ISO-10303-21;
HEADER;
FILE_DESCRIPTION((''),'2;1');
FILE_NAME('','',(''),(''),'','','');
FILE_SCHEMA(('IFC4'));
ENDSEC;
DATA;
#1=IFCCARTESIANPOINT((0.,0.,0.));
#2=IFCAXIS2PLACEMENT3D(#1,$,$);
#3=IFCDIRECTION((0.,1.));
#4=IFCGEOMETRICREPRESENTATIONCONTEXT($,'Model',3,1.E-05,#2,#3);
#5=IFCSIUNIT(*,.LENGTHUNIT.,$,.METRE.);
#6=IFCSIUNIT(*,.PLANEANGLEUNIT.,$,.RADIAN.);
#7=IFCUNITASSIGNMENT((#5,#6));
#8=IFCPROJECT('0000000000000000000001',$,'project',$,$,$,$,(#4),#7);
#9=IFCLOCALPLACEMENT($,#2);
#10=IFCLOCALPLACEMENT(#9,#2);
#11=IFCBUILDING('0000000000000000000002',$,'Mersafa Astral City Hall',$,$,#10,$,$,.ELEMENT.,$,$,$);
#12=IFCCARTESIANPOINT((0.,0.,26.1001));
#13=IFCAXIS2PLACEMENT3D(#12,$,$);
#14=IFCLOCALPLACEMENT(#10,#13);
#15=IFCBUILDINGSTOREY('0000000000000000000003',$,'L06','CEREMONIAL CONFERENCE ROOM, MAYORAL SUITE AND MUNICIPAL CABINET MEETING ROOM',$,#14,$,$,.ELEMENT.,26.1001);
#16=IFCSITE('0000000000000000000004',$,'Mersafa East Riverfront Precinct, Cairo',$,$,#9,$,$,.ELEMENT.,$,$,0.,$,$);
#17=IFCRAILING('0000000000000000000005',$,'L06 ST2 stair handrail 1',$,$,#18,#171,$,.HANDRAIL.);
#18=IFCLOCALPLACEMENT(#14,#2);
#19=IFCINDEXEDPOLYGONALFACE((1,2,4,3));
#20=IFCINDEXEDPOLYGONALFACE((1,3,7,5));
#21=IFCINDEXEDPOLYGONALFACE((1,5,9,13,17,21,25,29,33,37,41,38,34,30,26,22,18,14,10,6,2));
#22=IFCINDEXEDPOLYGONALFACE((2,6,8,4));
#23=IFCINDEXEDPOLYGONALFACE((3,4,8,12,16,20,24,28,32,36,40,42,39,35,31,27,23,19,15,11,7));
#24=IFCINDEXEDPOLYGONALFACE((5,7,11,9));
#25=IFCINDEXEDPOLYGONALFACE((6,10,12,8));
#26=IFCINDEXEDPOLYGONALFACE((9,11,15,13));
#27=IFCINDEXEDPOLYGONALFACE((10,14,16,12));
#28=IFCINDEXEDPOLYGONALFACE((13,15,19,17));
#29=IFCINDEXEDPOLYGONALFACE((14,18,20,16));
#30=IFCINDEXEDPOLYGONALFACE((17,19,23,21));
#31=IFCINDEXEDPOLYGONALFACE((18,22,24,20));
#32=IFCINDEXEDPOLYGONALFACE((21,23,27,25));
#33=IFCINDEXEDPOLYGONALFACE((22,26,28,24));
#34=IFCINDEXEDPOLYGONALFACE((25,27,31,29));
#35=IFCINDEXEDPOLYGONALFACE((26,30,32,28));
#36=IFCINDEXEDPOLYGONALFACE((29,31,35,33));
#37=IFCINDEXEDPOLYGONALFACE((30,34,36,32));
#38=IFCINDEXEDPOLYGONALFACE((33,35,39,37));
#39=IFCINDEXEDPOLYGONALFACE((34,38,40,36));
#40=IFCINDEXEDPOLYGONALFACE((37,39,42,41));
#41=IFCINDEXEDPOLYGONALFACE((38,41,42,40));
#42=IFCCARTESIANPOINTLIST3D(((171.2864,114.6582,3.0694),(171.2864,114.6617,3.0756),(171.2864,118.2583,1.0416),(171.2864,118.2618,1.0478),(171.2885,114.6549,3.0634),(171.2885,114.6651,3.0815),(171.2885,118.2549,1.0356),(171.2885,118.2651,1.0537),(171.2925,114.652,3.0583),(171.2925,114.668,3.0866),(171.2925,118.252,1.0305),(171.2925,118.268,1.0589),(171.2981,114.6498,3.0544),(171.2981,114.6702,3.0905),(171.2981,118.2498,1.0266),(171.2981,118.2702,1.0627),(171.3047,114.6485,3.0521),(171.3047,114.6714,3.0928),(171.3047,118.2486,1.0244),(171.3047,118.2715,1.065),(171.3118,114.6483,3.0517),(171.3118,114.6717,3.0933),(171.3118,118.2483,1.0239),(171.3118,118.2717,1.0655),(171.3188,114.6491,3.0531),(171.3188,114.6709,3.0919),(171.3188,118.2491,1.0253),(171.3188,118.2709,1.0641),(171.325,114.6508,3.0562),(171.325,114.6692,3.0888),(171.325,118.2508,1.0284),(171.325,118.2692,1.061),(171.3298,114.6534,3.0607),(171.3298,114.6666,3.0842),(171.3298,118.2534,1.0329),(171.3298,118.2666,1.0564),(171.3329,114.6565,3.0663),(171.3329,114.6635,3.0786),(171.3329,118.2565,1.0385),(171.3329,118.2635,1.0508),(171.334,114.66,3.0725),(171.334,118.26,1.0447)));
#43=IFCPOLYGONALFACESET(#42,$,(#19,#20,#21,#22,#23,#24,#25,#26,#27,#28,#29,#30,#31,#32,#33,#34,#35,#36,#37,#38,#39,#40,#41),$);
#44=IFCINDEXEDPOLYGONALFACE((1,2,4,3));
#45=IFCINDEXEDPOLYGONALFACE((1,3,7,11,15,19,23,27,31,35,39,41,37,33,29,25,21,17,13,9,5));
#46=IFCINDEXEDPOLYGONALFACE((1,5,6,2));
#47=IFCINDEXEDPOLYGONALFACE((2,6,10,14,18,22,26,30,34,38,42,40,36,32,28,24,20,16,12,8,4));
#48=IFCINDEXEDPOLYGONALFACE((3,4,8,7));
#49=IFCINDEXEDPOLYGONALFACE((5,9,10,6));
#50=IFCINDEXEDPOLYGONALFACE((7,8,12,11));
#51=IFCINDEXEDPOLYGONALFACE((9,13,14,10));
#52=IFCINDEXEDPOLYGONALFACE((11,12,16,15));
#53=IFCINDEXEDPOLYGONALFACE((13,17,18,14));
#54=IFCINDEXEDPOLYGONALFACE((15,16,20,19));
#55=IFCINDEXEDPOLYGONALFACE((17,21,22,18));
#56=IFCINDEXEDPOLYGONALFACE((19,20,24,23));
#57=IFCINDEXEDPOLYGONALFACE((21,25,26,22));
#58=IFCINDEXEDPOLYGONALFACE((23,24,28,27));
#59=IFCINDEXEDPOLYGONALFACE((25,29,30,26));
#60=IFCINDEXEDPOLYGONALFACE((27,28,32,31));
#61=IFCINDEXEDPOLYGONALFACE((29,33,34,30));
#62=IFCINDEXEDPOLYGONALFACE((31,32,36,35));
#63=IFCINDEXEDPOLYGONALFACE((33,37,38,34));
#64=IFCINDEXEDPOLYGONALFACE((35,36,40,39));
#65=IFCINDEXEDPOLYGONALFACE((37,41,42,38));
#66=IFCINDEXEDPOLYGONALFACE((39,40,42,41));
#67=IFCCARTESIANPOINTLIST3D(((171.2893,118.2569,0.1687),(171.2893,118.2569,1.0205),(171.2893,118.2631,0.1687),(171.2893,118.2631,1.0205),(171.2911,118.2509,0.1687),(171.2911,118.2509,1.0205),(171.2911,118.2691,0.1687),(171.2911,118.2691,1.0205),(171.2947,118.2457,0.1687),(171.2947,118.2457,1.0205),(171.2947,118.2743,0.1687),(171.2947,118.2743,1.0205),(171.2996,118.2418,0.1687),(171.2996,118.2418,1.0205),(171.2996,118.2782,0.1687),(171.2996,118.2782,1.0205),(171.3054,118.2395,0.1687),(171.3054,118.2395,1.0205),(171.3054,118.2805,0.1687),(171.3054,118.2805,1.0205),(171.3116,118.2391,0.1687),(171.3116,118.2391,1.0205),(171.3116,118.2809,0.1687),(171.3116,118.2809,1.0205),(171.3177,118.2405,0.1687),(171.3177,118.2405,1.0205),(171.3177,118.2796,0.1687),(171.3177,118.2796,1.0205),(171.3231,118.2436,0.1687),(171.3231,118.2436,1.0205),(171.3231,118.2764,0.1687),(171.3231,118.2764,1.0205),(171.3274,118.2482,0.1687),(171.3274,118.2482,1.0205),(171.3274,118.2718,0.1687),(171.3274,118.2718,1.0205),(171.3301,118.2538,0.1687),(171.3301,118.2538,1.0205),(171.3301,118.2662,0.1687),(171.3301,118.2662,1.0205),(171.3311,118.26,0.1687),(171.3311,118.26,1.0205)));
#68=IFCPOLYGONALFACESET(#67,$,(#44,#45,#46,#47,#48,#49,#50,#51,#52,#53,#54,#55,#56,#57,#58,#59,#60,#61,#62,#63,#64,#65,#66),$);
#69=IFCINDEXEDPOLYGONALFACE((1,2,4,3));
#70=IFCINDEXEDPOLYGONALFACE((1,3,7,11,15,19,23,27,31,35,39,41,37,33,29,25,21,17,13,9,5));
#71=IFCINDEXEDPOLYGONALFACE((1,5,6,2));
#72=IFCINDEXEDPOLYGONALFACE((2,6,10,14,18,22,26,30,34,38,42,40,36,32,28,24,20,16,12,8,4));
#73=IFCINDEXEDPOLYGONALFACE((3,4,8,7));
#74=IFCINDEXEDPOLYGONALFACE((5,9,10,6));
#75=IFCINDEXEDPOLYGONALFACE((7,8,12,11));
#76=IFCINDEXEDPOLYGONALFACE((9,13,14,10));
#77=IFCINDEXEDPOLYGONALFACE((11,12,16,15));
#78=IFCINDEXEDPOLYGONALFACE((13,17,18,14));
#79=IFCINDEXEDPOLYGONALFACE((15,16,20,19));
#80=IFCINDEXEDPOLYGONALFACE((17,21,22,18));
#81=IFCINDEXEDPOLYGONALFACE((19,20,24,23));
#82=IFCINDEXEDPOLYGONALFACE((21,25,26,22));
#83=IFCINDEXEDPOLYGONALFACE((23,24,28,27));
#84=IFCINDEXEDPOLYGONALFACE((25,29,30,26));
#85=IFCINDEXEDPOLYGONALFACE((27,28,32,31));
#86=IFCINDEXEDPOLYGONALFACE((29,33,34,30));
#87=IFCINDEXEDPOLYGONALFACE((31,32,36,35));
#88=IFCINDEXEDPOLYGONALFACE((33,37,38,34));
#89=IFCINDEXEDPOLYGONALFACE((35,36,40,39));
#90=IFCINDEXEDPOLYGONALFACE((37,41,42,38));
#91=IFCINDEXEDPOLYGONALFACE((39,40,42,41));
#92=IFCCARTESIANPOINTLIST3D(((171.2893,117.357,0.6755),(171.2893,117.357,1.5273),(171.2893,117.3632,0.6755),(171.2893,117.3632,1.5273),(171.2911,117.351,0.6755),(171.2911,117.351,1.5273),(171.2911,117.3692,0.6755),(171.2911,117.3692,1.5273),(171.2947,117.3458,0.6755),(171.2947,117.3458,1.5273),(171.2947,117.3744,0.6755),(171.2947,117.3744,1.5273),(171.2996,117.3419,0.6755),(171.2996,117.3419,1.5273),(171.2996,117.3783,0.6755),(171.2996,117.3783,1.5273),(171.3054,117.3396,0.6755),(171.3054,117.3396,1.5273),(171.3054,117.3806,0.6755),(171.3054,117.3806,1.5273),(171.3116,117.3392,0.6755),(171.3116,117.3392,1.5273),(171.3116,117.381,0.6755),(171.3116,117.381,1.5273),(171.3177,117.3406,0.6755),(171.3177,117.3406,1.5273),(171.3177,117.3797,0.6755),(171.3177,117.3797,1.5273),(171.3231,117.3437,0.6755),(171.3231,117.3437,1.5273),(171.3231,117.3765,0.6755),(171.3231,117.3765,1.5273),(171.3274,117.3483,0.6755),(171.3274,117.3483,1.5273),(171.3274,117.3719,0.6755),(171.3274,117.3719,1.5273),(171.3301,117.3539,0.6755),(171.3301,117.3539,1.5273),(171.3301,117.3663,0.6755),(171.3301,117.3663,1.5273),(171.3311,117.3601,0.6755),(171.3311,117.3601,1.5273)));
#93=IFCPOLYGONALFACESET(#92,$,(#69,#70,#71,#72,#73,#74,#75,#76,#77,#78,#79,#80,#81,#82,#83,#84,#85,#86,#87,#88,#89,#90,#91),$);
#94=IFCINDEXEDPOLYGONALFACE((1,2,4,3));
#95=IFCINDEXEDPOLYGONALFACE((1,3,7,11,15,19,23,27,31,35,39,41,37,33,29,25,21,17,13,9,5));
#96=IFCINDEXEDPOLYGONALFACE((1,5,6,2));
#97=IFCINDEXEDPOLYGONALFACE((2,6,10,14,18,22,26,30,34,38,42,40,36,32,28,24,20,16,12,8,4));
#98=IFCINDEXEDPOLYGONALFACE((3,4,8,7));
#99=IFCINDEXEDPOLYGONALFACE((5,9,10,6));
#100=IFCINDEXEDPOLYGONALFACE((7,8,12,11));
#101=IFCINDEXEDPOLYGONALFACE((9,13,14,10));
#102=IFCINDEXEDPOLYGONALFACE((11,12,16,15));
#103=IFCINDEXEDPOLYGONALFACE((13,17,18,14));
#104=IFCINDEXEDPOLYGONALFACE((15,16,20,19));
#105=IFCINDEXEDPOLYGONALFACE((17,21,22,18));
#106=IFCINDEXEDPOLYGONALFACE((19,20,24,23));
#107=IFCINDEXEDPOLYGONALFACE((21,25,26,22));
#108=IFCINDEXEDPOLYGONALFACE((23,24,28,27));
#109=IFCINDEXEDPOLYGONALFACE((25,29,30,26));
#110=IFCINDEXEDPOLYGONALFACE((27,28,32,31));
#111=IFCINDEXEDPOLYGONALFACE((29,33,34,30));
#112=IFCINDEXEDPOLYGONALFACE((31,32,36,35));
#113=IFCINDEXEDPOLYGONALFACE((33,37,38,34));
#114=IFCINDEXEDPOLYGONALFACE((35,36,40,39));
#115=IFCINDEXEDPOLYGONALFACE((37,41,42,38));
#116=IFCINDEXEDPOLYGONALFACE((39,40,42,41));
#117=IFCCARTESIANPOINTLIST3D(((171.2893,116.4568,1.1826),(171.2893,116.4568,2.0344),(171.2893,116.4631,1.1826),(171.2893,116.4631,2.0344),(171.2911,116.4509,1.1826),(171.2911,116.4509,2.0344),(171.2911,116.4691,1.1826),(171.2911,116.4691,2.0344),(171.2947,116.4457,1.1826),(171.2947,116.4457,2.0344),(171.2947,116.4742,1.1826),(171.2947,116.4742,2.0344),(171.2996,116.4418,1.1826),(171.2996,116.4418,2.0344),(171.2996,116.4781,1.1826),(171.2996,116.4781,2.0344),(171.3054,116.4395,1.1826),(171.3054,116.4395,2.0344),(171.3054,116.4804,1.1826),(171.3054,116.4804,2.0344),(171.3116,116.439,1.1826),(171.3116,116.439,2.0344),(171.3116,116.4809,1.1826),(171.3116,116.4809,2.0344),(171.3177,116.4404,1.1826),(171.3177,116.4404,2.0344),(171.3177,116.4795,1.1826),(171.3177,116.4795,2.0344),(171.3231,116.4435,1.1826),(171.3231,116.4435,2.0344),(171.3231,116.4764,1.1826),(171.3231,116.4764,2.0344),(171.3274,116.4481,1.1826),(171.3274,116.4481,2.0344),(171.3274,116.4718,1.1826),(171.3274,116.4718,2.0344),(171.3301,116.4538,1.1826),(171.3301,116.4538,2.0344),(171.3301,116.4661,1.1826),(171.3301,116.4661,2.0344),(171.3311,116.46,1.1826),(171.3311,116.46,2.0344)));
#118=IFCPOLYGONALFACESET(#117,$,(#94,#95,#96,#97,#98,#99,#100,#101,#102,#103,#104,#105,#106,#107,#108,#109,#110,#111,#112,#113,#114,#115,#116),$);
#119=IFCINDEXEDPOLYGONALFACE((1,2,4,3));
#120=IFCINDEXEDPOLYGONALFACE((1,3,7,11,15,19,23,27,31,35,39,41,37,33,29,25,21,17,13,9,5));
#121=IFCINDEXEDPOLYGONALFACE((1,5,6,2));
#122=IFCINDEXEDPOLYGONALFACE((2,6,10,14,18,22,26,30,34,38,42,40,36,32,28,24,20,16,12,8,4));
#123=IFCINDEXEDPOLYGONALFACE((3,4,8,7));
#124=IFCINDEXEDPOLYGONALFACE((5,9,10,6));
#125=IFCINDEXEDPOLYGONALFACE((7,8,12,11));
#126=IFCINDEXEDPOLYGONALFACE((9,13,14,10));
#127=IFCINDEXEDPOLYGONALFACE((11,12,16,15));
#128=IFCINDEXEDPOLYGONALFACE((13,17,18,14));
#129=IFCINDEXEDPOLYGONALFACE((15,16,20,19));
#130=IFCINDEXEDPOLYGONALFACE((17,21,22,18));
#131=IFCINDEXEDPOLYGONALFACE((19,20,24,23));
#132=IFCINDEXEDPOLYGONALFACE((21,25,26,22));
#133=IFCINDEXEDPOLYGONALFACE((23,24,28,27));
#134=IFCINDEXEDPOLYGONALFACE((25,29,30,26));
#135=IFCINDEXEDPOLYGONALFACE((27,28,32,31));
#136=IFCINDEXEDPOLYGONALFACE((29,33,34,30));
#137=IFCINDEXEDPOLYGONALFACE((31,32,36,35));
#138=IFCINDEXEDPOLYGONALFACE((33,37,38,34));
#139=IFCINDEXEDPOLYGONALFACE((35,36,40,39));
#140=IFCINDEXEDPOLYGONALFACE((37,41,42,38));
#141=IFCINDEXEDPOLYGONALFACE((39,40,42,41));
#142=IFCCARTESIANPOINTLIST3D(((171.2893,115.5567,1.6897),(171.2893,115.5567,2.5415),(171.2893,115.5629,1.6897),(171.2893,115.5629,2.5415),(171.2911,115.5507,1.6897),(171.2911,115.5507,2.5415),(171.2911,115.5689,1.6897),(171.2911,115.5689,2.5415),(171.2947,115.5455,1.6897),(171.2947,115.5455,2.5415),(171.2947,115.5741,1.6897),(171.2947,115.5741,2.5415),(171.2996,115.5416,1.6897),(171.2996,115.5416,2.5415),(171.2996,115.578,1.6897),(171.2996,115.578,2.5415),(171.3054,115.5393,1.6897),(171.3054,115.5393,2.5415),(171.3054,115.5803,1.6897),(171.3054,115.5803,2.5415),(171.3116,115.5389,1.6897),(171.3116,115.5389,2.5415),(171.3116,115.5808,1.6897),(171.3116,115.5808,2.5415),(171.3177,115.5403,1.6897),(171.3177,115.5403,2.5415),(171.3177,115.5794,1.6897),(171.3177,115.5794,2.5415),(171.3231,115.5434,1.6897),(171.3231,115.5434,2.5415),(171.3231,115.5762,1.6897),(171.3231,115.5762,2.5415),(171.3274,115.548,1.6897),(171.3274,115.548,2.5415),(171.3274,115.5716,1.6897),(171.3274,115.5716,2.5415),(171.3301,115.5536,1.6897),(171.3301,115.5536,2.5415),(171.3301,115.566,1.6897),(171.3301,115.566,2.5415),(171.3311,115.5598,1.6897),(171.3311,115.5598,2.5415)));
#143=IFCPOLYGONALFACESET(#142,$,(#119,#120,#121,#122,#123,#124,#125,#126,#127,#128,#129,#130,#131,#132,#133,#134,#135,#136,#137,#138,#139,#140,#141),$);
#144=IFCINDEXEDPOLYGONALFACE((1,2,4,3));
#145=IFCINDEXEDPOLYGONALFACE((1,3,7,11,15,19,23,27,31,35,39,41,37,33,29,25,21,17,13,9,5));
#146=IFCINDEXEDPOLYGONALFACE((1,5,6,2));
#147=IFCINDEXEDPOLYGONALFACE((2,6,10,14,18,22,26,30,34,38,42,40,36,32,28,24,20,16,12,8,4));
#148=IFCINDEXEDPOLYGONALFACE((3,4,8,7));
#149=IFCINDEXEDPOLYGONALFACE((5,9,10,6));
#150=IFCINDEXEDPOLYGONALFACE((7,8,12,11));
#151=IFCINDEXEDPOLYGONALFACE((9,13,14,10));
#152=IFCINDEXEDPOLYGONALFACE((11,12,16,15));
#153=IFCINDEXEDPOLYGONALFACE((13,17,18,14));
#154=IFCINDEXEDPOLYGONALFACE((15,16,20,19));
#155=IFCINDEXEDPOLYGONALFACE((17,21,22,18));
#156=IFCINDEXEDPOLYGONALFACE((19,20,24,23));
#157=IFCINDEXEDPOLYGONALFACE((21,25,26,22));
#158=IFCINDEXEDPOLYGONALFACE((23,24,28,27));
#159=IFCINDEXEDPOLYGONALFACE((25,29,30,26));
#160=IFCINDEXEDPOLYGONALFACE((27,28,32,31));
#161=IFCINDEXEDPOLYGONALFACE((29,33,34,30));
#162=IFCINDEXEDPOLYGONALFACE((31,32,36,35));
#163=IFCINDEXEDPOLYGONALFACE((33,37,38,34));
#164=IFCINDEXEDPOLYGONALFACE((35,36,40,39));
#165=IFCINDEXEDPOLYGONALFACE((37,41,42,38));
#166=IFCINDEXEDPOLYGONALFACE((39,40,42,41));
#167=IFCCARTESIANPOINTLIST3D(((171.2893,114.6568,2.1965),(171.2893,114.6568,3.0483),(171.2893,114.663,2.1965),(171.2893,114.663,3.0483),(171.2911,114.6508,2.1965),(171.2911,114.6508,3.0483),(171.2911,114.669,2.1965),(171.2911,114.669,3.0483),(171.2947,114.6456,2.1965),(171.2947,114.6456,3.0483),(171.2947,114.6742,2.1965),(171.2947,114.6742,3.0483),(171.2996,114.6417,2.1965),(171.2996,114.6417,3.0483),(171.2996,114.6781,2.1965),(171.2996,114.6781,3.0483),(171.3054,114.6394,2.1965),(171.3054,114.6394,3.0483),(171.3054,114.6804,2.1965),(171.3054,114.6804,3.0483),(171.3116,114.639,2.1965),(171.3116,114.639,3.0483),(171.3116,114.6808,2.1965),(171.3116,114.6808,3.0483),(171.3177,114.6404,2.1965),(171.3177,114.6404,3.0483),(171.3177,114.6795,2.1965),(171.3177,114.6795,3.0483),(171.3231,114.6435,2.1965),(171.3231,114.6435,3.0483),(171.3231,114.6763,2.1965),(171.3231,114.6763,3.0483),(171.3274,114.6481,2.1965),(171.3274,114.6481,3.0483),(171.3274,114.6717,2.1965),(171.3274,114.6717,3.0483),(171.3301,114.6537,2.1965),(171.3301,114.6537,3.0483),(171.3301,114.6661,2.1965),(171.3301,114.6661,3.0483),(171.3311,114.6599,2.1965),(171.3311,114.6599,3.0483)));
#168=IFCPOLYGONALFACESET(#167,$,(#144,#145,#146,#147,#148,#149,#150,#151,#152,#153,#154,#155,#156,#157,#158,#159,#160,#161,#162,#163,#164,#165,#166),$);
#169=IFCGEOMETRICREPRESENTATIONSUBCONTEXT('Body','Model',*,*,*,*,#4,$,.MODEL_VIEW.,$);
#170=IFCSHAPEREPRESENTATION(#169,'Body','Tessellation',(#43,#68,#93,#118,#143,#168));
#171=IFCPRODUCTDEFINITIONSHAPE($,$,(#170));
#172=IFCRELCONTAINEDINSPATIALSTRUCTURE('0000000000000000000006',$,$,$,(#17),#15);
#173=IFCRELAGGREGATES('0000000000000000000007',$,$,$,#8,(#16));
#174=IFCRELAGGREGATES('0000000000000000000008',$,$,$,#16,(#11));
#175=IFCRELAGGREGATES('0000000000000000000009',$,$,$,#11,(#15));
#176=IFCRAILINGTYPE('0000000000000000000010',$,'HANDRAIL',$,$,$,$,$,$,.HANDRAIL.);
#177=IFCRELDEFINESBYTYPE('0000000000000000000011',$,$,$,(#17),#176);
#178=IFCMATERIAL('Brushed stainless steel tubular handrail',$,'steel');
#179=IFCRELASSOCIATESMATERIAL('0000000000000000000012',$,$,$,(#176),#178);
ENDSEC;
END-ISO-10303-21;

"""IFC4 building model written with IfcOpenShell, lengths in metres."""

from ifc_helpers import new_model, si_unit, direction, frame, origin, origin_2d, place, context, subcontext, project, spatial, circle, extrude, material, type_object, element, save


model = new_model("IFC4")

# Units and contexts
model_context = context("Model", 3, precision=1e-05, world=origin(), true_north=direction((0.0, 1.0)))
body_context = subcontext(model_context, "Body", "Model", "MODEL_VIEW")
ifc_project = project(units=[si_unit("LENGTHUNIT", "METRE"), si_unit("PLANEANGLEUNIT", "RADIAN")], contexts=[model_context])

# Site, building, storey
site_placement = place(None, origin())
site = spatial("IfcSite", under=ifc_project, at=site_placement, Name="Mersafa East Riverfront Precinct, Cairo", CompositionType="ELEMENT", RefElevation=0.0)
building_placement = place(site_placement, origin())
building = spatial("IfcBuilding", under=site, at=building_placement, Name="Mersafa Astral City Hall", CompositionType="ELEMENT")
storey_placement = place(building_placement, frame((0.0, 0.0, 26.1001)))
storey = spatial("IfcBuildingStorey", under=building, at=storey_placement, Name="L06", Description="CEREMONIAL CONFERENCE ROOM, MAYORAL SUITE AND MUNICIPAL CABINET MEETING ROOM", CompositionType="ELEMENT", Elevation=26.1001)

# Railing
ifc_material_1 = material(Name="Brushed stainless steel tubular handrail", Category="steel")
railing_type_1 = type_object("IfcRailingType", Name="HANDRAIL", PredefinedType="HANDRAIL", material=ifc_material_1)
railing_1_placement = place(storey_placement, frame((171.3101, 118.26, 0.1687)))
element("IfcRailing", 1, at=railing_1_placement, inside=storey, type_object=railing_type_1, Name="L06 ST2 stair handrail 1", PredefinedType="HANDRAIL", context=body_context, shape_type="SweptSolid", body=[
    extrude(circle(Radius=0.0239, at=origin_2d()), frame((0.0, 0.0, 0.876), z_axis=(0.0, -0.871288, 0.490772), x_axis=(1.0, 0.0, 0.0)), (0.0, 0.0, 1.0), 4.1318),
    extrude(circle(Radius=0.021, at=origin_2d()), origin(), (0.0, 0.0, 1.0), 0.8518),
    extrude(circle(Radius=0.021, at=origin_2d()), frame((0.0, -0.8999, 0.5068)), (0.0, 0.0, 1.0), 0.8518),
    extrude(circle(Radius=0.021, at=origin_2d()), frame((0.0, -1.8, 1.0139)), (0.0, 0.0, 1.0), 0.8518),
    extrude(circle(Radius=0.021, at=origin_2d()), frame((0.0, -2.7002, 1.521)), (0.0, 0.0, 1.0), 0.8518),
    extrude(circle(Radius=0.021, at=origin_2d()), frame((0.0, -3.6001, 2.0278)), (0.0, 0.0, 1.0), 0.8518),
])

save(model, "model.ifc")
